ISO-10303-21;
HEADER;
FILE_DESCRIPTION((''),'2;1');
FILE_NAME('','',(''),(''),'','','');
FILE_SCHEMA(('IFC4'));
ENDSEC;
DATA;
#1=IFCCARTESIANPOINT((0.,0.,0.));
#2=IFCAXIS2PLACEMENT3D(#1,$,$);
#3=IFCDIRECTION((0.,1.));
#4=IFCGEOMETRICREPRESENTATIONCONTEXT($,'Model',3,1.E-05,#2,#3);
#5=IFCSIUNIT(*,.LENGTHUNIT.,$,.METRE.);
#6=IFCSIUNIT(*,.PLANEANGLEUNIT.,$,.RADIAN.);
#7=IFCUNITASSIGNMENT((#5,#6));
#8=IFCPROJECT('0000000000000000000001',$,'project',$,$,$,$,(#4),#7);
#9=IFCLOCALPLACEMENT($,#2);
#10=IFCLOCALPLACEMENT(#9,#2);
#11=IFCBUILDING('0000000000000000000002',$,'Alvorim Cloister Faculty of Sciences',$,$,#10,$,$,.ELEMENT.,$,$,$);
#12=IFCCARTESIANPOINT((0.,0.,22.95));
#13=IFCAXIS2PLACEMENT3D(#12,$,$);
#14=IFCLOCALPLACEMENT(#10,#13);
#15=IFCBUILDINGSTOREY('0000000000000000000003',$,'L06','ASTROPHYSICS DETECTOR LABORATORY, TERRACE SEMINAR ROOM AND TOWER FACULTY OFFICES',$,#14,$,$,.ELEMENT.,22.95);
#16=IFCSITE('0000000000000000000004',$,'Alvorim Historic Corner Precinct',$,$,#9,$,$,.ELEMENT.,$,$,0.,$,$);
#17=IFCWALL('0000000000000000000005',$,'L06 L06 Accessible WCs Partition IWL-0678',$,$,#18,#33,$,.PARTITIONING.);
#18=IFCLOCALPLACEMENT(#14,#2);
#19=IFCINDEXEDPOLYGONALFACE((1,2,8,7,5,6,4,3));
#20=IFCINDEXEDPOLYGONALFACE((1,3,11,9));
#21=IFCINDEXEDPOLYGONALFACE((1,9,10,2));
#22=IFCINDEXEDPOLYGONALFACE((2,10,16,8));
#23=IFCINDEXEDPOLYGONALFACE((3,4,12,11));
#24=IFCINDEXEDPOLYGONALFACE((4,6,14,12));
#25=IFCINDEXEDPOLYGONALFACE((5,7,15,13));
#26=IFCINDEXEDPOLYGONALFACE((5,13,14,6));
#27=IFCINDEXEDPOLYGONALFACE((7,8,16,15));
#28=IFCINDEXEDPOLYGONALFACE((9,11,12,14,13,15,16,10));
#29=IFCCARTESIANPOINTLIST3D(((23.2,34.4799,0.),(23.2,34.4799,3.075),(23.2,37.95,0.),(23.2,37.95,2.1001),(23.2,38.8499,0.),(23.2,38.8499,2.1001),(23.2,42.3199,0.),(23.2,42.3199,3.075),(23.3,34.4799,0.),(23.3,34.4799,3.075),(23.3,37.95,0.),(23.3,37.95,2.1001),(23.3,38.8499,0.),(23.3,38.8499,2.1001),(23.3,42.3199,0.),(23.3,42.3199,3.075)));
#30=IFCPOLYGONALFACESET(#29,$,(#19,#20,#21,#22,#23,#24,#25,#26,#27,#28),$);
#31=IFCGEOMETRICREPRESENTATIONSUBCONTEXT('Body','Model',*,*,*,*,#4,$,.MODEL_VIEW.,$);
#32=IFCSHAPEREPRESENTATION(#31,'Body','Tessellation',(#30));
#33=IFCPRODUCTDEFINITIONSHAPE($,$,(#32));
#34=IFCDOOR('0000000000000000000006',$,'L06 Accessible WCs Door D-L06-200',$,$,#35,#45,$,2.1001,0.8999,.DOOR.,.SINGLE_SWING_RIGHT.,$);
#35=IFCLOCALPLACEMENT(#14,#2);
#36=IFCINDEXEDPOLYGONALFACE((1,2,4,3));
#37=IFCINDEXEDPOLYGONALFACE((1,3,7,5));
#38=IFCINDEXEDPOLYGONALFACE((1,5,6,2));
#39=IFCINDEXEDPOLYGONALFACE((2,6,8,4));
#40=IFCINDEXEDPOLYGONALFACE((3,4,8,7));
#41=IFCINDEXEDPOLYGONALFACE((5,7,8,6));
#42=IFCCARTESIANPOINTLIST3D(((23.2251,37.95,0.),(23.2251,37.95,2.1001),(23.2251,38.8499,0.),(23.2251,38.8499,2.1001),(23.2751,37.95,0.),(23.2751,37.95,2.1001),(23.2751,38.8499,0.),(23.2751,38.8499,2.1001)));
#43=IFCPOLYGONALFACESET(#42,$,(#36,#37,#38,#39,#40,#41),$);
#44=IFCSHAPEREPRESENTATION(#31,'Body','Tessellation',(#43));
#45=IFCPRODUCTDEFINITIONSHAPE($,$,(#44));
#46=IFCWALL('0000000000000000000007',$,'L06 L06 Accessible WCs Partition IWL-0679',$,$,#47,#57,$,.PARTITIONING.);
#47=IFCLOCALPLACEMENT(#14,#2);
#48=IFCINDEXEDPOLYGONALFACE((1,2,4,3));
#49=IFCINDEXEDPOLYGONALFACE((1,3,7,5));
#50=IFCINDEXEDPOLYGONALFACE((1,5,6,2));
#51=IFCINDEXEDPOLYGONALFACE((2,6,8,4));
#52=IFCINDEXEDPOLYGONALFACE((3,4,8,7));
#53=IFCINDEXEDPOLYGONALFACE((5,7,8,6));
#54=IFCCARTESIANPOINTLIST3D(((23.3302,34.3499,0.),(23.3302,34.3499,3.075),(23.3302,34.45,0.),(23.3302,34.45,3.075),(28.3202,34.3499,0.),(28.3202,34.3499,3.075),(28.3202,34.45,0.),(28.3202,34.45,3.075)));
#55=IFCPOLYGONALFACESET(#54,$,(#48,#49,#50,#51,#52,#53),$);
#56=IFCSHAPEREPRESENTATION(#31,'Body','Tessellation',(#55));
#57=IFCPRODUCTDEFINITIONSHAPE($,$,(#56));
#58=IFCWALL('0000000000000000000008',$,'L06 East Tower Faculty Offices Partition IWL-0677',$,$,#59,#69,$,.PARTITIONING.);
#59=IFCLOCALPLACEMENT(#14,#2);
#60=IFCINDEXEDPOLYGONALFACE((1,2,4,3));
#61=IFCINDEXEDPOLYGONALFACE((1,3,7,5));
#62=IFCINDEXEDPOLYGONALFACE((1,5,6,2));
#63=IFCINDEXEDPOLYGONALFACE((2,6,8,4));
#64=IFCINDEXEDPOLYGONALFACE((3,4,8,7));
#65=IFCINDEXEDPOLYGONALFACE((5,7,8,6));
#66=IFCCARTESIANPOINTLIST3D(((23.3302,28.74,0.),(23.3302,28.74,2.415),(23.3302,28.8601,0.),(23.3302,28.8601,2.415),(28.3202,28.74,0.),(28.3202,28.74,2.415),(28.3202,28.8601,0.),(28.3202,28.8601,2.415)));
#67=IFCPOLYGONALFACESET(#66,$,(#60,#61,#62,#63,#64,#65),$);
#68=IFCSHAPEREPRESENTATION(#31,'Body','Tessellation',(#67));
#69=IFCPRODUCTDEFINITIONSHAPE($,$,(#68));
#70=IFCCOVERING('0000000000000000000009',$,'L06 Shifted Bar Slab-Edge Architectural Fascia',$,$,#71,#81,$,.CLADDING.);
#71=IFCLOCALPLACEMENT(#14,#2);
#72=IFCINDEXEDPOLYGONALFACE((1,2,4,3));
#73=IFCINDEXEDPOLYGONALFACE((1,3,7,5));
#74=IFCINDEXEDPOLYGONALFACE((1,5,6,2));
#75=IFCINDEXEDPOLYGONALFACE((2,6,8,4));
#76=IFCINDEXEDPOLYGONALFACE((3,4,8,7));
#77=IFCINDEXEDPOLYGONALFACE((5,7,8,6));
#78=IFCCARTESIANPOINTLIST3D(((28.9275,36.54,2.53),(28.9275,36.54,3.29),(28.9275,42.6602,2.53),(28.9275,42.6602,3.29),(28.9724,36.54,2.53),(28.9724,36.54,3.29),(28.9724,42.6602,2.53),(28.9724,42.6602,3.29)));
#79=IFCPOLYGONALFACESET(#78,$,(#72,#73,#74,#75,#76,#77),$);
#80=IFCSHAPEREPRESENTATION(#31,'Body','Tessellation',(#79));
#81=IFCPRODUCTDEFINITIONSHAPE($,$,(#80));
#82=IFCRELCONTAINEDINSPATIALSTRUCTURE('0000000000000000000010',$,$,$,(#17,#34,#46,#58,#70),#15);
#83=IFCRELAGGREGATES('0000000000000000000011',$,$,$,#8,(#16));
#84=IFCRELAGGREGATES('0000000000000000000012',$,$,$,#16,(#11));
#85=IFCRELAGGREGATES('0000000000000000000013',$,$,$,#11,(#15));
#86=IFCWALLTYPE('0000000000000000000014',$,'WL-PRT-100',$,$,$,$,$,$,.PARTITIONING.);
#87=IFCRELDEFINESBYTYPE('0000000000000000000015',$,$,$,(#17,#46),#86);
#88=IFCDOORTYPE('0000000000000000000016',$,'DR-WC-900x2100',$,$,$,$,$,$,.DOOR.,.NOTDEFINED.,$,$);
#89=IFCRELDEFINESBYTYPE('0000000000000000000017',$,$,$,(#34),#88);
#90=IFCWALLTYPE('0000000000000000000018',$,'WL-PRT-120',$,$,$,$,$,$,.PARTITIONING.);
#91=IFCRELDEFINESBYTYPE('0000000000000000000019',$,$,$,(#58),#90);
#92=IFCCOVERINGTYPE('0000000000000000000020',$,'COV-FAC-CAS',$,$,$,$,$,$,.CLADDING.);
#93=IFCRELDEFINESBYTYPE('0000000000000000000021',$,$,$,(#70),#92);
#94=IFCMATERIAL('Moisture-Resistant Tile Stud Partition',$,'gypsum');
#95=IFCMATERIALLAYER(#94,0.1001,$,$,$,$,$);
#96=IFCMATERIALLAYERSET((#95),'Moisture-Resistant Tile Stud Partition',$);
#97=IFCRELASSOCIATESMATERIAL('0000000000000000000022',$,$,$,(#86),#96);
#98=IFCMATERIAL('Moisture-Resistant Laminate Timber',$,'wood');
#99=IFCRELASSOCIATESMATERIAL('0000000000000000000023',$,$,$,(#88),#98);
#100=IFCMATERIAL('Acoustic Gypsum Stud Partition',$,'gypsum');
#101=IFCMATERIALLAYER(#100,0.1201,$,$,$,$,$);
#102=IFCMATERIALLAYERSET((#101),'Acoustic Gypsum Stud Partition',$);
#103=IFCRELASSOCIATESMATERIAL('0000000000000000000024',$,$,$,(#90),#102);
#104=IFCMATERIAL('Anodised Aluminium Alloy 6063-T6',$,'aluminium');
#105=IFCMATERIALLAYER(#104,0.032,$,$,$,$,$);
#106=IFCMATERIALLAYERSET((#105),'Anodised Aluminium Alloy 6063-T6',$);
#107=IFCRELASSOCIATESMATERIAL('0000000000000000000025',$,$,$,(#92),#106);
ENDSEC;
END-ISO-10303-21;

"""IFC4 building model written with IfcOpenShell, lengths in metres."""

from ifc_helpers import new_model, si_unit, direction, frame, frame_2d, origin, place, context, subcontext, project, spatial, polyline, rectangle, outline, extrude, material, layer, layer_set, type_object, element, fill, save


model = new_model("IFC4")

# Units and contexts
model_context = context("Model", 3, precision=1e-05, world=origin(), true_north=direction((0.0, 1.0)))
body_context = subcontext(model_context, "Body", "Model", "MODEL_VIEW")
ifc_project = project(units=[si_unit("LENGTHUNIT", "METRE"), si_unit("PLANEANGLEUNIT", "RADIAN")], contexts=[model_context])

# Site, building, storey
site_placement = place(None, origin())
site = spatial("IfcSite", under=ifc_project, at=site_placement, Name="Alvorim Historic Corner Precinct", CompositionType="ELEMENT", RefElevation=0.0)
building_placement = place(site_placement, origin())
building = spatial("IfcBuilding", under=site, at=building_placement, Name="Alvorim Cloister Faculty of Sciences", CompositionType="ELEMENT")
storey_placement = place(building_placement, frame((0.0, 0.0, 22.95)))
storey = spatial("IfcBuildingStorey", under=building, at=storey_placement, Name="L06", Description="ASTROPHYSICS DETECTOR LABORATORY, TERRACE SEMINAR ROOM AND TOWER FACULTY OFFICES", CompositionType="ELEMENT", Elevation=22.95)

# Wall, opening, door
ifc_material_1 = material(Name="Moisture-Resistant Tile Stud Partition", Category="gypsum")
ifc_layer_1 = layer(ifc_material_1, 0.1001)
ifc_layer_set_1 = layer_set([ifc_layer_1], Name="Moisture-Resistant Tile Stud Partition")
wall_type_1 = type_object("IfcWallType", Name="WL-PRT-100", PredefinedType="PARTITIONING", material=ifc_layer_set_1)
wall_1_placement = place(storey_placement, frame((23.25, 34.48, 0.0), z_axis=(0.0, 0.0, 1.0), x_axis=(0.0, 1.0, 0.0)))
wall_1 = element("IfcWall", 1, at=wall_1_placement, inside=storey, type_object=wall_type_1, Name="L06 L06 Accessible WCs Partition IWL-0678", PredefinedType="PARTITIONING", context=body_context, shape_type="SweptSolid", body=[
    extrude(rectangle(XDim=7.8401, YDim=0.1001, at=frame_2d((3.9199, 0.0))), origin(), (0.0, 0.0, 1.0), 3.075),
])
opening_1_placement = place(wall_1_placement, frame((3.47, 0.0, 0.0)))
opening_1 = element("IfcOpeningElement", 2, at=opening_1_placement, cuts=wall_1, PredefinedType="OPENING", context=body_context, shape_type="SweptSolid", body=[
    extrude(rectangle(XDim=0.8999, YDim=2.1001, at=frame_2d((0.45, 1.05))), frame((0.0, 0.062, 0.0), z_axis=(0.0, -1.0, 0.0), x_axis=(1.0, 0.0, 0.0)), (0.0, 0.0, 1.0), 0.124),
])
ifc_material_2 = material(Name="Moisture-Resistant Laminate Timber", Category="wood")
door_type_1 = type_object("IfcDoorType", Name="DR-WC-900x2100", OperationType="NOTDEFINED", PredefinedType="DOOR", material=ifc_material_2)
door_1_placement = place(opening_1_placement, origin())
door_1 = element("IfcDoor", 3, at=door_1_placement, inside=storey, type_object=door_type_1, Name="L06 Accessible WCs Door D-L06-200", OperationType="SINGLE_SWING_RIGHT", OverallHeight=2.1001, OverallWidth=0.8999, PredefinedType="DOOR", context=body_context, shape_type="SweptSolid", body=[
    extrude(rectangle(XDim=0.8999, YDim=2.1001, at=frame_2d((0.45, 1.05))), frame((0.0, 0.0249, 0.0), z_axis=(0.0, -1.0, 0.0), x_axis=(1.0, 0.0, 0.0)), (0.0, 0.0, 1.0), 0.05),
])
fill(opening_1, door_1)

# Walls
wall_2_placement = place(storey_placement, frame((23.3301, 34.3999, 0.0), z_axis=(0.0, 0.0, 1.0), x_axis=(1.0, 0.0, 0.0)))
element("IfcWall", 4, at=wall_2_placement, inside=storey, type_object=wall_type_1, Name="L06 L06 Accessible WCs Partition IWL-0679", PredefinedType="PARTITIONING", context=body_context, shape_type="SweptSolid", body=[
    extrude(rectangle(XDim=4.99, YDim=0.1001, at=frame_2d((2.4951, 0.0))), origin(), (0.0, 0.0, 1.0), 3.075),
])
ifc_material_3 = material(Name="Acoustic Gypsum Stud Partition", Category="gypsum")
ifc_layer_2 = layer(ifc_material_3, 0.1201)
ifc_layer_set_2 = layer_set([ifc_layer_2], Name="Acoustic Gypsum Stud Partition")
wall_type_2 = type_object("IfcWallType", Name="WL-PRT-120", PredefinedType="PARTITIONING", material=ifc_layer_set_2)
wall_3_placement = place(storey_placement, frame((23.3301, 28.8, 0.0), z_axis=(0.0, 0.0, 1.0), x_axis=(1.0, 0.0, 0.0)))
element("IfcWall", 5, at=wall_3_placement, inside=storey, type_object=wall_type_2, Name="L06 East Tower Faculty Offices Partition IWL-0677", PredefinedType="PARTITIONING", context=body_context, shape_type="SweptSolid", body=[
    extrude(rectangle(XDim=4.99, YDim=0.1201, at=frame_2d((2.4951, 0.0))), origin(), (0.0, 0.0, 1.0), 2.415),
])

# Covering
ifc_material_4 = material(Name="Anodised Aluminium Alloy 6063-T6", Category="aluminium")
ifc_layer_3 = layer(ifc_material_4, 0.032)
ifc_layer_set_3 = layer_set([ifc_layer_3], Name="Anodised Aluminium Alloy 6063-T6")
covering_type = type_object("IfcCoveringType", Name="COV-FAC-CAS", PredefinedType="CLADDING", material=ifc_layer_set_3)
covering_placement = place(storey_placement, frame((28.95, 36.54, 2.53), z_axis=(0.0, 0.0, 1.0), x_axis=(0.0, 1.0, 0.0)))
element("IfcCovering", 6, at=covering_placement, inside=storey, type_object=covering_type, Name="L06 Shifted Bar Slab-Edge Architectural Fascia", PredefinedType="CLADDING", context=body_context, shape_type="SweptSolid", body=[
    extrude(outline(polyline([(0.0, 0.0), (6.1201, 0.0), (6.1201, 0.76), (0.0, 0.76), (0.0, 0.0)])), frame((0.0, 0.0225, 0.0), z_axis=(0.0, -1.0, 0.0), x_axis=(1.0, 0.0, 0.0)), (0.0, 0.0, 1.0), 0.0449),
])

save(model, "model.ifc")
